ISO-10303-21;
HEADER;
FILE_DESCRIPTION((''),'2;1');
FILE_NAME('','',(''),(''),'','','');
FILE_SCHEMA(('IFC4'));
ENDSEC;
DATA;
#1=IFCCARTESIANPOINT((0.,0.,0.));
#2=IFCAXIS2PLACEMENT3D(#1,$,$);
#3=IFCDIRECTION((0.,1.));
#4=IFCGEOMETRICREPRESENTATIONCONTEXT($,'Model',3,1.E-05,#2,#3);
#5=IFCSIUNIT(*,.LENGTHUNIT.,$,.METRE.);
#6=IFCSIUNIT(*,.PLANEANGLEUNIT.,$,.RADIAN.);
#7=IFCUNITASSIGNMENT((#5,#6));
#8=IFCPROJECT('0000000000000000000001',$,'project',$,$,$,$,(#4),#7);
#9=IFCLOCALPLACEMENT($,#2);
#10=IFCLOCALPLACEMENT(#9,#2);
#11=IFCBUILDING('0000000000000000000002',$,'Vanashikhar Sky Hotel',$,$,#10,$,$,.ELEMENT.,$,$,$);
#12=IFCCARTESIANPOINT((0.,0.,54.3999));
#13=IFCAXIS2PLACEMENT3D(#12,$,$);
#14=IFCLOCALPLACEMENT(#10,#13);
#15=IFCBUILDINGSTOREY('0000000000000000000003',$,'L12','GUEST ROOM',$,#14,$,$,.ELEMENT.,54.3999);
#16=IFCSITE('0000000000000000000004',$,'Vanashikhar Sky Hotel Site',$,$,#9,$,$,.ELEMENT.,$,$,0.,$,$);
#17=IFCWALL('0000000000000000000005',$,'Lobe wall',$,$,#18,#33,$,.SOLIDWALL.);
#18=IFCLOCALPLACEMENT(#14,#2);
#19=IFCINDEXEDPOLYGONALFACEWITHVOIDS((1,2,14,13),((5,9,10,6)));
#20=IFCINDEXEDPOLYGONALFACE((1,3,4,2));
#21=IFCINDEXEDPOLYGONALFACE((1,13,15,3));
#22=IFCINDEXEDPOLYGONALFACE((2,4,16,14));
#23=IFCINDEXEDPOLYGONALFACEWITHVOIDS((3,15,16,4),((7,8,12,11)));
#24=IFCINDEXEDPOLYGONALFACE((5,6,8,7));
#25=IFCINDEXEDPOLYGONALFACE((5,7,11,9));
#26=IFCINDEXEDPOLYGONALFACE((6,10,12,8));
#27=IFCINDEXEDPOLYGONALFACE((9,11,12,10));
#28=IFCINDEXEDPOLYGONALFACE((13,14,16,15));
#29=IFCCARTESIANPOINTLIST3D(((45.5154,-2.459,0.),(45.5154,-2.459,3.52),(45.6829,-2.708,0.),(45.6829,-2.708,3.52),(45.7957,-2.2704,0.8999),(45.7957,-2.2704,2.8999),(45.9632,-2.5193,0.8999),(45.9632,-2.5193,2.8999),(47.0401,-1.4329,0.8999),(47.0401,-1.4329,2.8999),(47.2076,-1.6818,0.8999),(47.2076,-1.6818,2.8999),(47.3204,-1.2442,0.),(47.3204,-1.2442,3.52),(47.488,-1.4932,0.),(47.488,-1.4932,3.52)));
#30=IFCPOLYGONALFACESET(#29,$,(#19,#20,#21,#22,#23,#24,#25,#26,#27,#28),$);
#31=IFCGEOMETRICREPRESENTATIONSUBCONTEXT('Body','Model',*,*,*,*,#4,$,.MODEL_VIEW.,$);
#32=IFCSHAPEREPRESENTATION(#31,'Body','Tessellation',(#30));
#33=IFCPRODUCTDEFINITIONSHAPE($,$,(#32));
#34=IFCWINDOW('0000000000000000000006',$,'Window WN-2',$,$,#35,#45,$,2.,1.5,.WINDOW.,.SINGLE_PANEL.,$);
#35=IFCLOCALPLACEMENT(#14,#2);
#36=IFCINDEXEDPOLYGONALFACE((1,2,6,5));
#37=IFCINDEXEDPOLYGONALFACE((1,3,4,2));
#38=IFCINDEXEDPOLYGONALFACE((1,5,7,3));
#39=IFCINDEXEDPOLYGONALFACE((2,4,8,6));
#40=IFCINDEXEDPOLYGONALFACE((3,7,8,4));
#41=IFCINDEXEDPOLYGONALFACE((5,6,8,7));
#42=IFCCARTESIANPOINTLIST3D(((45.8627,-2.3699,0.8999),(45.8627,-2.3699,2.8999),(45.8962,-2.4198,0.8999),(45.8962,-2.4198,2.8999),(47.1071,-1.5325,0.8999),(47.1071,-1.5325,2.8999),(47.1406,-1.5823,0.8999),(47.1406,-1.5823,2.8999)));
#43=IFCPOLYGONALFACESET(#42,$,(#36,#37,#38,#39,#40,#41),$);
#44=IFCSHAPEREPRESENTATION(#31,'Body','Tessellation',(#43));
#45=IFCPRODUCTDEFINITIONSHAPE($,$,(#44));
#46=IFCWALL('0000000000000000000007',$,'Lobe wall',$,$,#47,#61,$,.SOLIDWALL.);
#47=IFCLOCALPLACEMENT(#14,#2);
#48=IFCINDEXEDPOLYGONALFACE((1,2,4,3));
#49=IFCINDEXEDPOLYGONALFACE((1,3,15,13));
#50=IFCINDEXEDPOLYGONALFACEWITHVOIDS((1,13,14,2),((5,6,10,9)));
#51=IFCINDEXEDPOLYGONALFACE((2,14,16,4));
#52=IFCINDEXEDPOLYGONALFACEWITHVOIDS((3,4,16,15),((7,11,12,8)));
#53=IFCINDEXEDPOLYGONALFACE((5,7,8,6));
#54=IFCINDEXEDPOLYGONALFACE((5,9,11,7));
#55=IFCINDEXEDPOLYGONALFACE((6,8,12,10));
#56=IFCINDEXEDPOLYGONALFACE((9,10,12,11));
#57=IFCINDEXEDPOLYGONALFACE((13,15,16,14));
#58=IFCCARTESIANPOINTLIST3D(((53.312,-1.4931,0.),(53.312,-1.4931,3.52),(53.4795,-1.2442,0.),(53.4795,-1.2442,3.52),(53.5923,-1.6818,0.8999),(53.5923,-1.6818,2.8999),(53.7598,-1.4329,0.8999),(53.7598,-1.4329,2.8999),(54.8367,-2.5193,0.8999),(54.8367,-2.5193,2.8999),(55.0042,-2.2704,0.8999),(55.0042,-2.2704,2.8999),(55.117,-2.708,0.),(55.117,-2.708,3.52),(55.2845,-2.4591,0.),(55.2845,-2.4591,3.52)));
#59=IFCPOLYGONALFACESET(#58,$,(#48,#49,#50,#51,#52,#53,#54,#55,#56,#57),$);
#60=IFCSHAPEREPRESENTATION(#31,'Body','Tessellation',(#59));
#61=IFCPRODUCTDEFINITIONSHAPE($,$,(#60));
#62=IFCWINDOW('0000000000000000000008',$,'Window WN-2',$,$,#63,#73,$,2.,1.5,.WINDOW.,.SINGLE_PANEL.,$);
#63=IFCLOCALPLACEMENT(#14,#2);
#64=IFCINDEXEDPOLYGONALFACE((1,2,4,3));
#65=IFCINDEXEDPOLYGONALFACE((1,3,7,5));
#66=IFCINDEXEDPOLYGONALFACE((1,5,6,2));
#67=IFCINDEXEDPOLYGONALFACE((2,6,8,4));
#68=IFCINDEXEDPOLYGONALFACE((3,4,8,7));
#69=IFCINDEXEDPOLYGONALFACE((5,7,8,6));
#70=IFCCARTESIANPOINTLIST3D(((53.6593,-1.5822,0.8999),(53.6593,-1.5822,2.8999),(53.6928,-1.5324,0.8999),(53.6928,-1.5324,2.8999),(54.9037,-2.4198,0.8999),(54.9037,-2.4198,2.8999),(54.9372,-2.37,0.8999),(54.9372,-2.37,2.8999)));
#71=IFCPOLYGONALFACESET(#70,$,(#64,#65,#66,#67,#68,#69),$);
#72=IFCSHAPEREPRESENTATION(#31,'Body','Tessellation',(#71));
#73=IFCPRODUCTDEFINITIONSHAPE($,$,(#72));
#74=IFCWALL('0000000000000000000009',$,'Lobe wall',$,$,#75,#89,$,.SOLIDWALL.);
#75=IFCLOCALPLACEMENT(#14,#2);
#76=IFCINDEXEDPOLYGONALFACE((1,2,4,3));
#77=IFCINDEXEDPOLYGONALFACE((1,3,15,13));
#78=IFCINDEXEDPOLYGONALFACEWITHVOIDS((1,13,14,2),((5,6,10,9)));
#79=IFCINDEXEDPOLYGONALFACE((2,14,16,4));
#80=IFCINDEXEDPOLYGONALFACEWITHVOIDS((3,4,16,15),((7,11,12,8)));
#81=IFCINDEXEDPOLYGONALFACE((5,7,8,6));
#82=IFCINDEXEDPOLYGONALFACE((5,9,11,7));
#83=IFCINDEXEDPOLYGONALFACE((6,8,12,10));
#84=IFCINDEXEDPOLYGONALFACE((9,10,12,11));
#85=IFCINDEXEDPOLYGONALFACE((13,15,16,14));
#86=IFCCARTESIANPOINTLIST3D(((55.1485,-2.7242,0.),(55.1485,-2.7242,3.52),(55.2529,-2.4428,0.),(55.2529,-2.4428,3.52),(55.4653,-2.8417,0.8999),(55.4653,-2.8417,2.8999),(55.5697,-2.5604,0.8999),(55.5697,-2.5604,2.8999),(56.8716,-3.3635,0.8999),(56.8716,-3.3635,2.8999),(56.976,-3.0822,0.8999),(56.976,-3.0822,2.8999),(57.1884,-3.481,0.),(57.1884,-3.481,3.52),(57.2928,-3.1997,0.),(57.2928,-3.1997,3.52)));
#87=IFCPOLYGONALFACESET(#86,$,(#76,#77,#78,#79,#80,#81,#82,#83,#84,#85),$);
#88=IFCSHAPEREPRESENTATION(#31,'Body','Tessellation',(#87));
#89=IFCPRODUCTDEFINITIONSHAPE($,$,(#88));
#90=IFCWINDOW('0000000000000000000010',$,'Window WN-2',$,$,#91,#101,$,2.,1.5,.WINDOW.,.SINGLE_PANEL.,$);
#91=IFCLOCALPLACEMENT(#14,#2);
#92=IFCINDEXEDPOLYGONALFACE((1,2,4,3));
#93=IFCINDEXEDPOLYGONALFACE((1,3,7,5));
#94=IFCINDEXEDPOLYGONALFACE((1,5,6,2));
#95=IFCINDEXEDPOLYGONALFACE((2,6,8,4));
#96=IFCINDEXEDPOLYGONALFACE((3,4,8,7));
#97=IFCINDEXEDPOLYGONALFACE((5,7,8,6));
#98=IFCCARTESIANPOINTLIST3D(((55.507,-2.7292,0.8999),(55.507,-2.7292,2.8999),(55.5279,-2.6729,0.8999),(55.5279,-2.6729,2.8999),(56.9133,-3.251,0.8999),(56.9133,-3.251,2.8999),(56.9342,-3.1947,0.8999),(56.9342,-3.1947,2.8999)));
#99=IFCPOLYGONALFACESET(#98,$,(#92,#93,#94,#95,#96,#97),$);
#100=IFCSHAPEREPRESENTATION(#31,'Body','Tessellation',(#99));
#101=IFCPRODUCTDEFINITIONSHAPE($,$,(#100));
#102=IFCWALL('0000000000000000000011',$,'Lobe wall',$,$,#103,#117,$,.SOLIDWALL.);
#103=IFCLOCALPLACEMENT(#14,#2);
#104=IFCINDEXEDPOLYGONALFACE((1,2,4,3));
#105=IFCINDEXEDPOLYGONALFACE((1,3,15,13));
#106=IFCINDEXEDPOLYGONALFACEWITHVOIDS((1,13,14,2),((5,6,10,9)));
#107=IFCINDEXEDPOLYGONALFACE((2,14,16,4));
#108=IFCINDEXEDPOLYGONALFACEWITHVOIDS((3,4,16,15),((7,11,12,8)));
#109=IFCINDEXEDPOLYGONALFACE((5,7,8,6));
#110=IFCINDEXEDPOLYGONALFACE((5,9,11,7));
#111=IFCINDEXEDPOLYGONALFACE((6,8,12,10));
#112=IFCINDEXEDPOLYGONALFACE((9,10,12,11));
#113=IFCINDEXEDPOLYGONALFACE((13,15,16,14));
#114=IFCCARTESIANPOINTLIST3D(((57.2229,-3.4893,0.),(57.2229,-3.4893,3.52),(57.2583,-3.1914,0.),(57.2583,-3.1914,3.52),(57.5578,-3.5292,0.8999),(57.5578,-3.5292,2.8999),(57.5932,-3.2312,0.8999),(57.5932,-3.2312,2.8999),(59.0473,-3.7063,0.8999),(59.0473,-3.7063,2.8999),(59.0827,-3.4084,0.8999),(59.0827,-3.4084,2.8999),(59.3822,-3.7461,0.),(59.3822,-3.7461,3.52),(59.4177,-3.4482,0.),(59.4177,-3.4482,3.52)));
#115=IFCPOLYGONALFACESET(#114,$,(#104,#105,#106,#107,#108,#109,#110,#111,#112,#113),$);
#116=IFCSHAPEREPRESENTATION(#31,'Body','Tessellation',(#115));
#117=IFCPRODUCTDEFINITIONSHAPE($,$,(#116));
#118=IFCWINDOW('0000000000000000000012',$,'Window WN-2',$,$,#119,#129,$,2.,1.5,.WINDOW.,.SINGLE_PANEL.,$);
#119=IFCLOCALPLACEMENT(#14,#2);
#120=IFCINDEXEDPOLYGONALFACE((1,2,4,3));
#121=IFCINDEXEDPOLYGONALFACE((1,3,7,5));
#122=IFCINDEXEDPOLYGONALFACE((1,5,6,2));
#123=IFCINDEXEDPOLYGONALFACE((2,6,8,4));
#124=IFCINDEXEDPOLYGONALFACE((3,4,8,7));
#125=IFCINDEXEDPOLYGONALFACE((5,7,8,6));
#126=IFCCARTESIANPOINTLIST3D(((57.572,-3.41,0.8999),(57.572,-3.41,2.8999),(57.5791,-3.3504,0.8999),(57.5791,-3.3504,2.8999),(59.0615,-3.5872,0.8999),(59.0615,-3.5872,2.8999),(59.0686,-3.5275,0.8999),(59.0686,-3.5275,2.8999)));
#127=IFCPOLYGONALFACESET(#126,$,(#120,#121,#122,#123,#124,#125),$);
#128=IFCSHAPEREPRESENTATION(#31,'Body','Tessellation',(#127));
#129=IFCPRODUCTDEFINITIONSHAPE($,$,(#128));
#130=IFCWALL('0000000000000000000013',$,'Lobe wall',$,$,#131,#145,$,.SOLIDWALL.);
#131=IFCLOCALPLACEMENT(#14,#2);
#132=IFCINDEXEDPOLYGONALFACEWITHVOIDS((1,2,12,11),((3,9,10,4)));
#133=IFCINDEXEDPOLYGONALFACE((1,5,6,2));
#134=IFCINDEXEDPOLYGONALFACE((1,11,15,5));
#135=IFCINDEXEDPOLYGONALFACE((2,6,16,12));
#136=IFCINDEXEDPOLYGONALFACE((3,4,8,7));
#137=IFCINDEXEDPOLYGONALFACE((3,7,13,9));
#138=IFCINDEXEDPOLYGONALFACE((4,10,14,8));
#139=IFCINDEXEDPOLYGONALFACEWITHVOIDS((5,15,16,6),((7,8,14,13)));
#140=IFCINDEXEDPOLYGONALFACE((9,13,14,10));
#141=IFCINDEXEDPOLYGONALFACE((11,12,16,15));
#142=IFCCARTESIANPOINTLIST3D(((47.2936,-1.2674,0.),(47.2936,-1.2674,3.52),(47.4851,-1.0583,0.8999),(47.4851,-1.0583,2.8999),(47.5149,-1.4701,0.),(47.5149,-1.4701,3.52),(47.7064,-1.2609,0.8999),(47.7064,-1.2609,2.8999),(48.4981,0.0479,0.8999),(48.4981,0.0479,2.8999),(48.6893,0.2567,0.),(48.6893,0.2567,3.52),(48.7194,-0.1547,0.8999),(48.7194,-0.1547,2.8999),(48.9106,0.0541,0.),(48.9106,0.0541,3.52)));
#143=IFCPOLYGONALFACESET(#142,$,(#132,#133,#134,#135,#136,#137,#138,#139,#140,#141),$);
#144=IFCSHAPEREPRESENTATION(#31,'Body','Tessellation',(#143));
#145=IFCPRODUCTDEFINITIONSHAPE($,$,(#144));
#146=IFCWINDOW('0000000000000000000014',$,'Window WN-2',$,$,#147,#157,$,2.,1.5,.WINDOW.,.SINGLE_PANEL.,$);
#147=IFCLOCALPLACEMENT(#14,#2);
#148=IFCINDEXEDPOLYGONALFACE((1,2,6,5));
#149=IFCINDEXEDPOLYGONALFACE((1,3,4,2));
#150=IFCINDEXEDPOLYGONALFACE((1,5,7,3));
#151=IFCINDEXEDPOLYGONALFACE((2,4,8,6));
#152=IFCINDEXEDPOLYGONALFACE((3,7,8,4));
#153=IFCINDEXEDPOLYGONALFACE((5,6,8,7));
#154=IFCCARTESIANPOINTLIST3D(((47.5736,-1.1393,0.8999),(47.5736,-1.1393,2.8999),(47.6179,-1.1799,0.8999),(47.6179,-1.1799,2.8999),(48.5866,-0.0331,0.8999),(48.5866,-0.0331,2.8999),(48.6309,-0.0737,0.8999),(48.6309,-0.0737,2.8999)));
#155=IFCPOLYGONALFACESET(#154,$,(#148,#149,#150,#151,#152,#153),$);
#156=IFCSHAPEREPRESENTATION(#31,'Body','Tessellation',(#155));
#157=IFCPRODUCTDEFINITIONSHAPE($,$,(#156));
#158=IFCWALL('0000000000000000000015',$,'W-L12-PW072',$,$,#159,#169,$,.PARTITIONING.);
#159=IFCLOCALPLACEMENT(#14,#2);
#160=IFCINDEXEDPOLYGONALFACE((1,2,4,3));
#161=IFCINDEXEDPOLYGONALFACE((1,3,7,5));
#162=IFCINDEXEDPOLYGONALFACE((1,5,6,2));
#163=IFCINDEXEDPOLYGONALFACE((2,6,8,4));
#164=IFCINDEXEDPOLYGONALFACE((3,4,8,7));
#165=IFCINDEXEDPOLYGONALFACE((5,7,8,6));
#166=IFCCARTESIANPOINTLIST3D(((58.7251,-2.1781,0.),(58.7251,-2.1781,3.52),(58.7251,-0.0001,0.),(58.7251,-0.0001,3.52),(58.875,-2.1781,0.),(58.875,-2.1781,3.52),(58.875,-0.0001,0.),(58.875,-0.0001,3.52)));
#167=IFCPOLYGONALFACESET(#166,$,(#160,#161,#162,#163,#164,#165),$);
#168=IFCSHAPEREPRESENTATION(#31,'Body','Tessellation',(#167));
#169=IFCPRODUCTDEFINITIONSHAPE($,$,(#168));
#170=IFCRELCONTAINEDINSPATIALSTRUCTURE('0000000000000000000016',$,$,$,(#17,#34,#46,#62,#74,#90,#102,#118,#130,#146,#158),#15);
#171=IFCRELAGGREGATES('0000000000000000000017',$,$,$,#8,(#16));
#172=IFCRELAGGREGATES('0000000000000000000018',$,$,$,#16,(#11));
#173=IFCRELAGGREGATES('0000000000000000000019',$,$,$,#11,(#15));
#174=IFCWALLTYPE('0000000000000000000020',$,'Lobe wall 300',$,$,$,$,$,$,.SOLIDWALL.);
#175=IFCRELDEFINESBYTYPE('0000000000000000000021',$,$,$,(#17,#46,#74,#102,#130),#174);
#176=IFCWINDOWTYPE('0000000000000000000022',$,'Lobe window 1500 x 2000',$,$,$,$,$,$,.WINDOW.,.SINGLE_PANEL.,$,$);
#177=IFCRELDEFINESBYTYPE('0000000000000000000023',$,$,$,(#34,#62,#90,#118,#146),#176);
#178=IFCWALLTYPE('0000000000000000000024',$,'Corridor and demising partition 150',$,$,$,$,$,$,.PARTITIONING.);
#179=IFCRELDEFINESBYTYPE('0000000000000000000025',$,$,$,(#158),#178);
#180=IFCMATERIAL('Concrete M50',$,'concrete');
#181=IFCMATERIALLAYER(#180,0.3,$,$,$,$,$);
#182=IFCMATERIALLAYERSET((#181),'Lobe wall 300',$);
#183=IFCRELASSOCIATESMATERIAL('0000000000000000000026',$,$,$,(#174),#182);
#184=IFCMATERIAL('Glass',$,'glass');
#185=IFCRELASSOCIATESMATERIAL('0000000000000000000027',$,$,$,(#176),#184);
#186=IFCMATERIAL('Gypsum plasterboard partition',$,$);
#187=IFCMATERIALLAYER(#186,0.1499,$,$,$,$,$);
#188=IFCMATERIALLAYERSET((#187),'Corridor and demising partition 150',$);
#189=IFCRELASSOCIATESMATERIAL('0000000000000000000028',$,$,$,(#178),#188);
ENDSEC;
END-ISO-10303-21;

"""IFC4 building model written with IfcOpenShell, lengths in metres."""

from ifc_helpers import new_model, si_unit, direction, frame, frame_2d, origin, place, context, subcontext, project, spatial, rectangle, extrude, source, transform, mapped, material, layer, layer_set, type_object, element, fill, save


model = new_model("IFC4")

# Units and contexts
model_context = context("Model", 3, precision=1e-05, world=origin(), true_north=direction((0.0, 1.0)))
body_context = subcontext(model_context, "Body", "Model", "MODEL_VIEW")
ifc_project = project(units=[si_unit("LENGTHUNIT", "METRE"), si_unit("PLANEANGLEUNIT", "RADIAN")], contexts=[model_context])

# Site, building, storey
site_placement = place(None, origin())
site = spatial("IfcSite", under=ifc_project, at=site_placement, Name="Vanashikhar Sky Hotel Site", CompositionType="ELEMENT", RefElevation=0.0)
building_placement = place(site_placement, origin())
building = spatial("IfcBuilding", under=site, at=building_placement, Name="Vanashikhar Sky Hotel", CompositionType="ELEMENT")
storey_placement = place(building_placement, frame((0.0, 0.0, 54.3999)))
storey = spatial("IfcBuildingStorey", under=building, at=storey_placement, Name="L12", Description="GUEST ROOM", CompositionType="ELEMENT", Elevation=54.3999)

# Walls, openings, windows
ifc_material_1 = material(Name="Concrete M50", Category="concrete")
ifc_layer_1 = layer(ifc_material_1, 0.3)
ifc_layer_set_1 = layer_set([ifc_layer_1], Name="Lobe wall 300")
wall_type_1 = type_object("IfcWallType", Name="Lobe wall 300", PredefinedType="SOLIDWALL", material=ifc_layer_set_1)
shared_shape_1 = source(origin(), body_context, "Body", "SweptSolid", [
    extrude(rectangle(XDim=2.1758, YDim=0.3, at=frame_2d((1.0879, 0.0))), origin(), (0.0, 0.0, 1.0), 3.52),
])
wall_1_placement = place(storey_placement, frame((45.5991, -2.5835, 0.0), z_axis=(0.0, 0.0, 1.0), x_axis=(0.829626, 0.55832, 0.0)))
wall_1 = element("IfcWall", 1, at=wall_1_placement, inside=storey, type_object=wall_type_1, Name="Lobe wall", PredefinedType="SOLIDWALL", context=body_context, shape_type="MappedRepresentation", body=[
    mapped(shared_shape_1, transform((0.0, 0.0, 0.0), scale=1.0)),
])
shared_shape_2 = source(origin(), body_context, "Body", "SweptSolid", [
    extrude(rectangle(XDim=1.5, YDim=2.0, at=frame_2d((0.75, 1.0))), frame((0.0, 0.1602, 0.0), z_axis=(0.0, -1.0, 0.0), x_axis=(1.0, 0.0, 0.0)), (0.0, 0.0, 1.0), 0.3201),
])
opening_1_placement = place(wall_1_placement, frame((0.3379, 0.0, 0.8999)))
opening_1 = element("IfcOpeningElement", 2, at=opening_1_placement, cuts=wall_1, PredefinedType="OPENING", context=body_context, shape_type="MappedRepresentation", body=[
    mapped(shared_shape_2, transform((0.0, 0.0, 0.0), scale=1.0)),
])
ifc_material_2 = material(Name="Glass", Category="glass")
window_type = type_object("IfcWindowType", Name="Lobe window 1500 x 2000", PartitioningType="SINGLE_PANEL", PredefinedType="WINDOW", material=ifc_material_2)
shared_shape_3 = source(origin(), body_context, "Body", "SweptSolid", [
    extrude(rectangle(XDim=1.5, YDim=2.0, at=frame_2d((0.75, 1.0))), frame((0.0, 0.03, 0.0), z_axis=(0.0, -1.0, 0.0), x_axis=(1.0, 0.0, 0.0)), (0.0, 0.0, 1.0), 0.0601),
])
window_1_placement = place(opening_1_placement, origin())
window_1 = element("IfcWindow", 3, at=window_1_placement, inside=storey, type_object=window_type, Name="Window WN-2", OverallHeight=2.0, OverallWidth=1.5, PartitioningType="SINGLE_PANEL", PredefinedType="WINDOW", context=body_context, shape_type="MappedRepresentation", body=[
    mapped(shared_shape_3, transform((0.0, 0.0, 0.0), scale=1.0)),
])
fill(opening_1, window_1)
wall_2_placement = place(storey_placement, frame((53.3958, -1.3687, 0.0), z_axis=(0.0, 0.0, 1.0), x_axis=(0.829591, -0.558372, 0.0)))
wall_2 = element("IfcWall", 4, at=wall_2_placement, inside=storey, type_object=wall_type_1, Name="Lobe wall", PredefinedType="SOLIDWALL", context=body_context, shape_type="MappedRepresentation", body=[
    mapped(shared_shape_1, transform((0.0, 0.0, 0.0), scale=1.0)),
])
opening_2_placement = place(wall_2_placement, frame((0.3379, 0.0, 0.8999)))
opening_2 = element("IfcOpeningElement", 5, at=opening_2_placement, cuts=wall_2, PredefinedType="OPENING", context=body_context, shape_type="MappedRepresentation", body=[
    mapped(shared_shape_2, transform((0.0, 0.0, 0.0), scale=1.0)),
])
window_2_placement = place(opening_2_placement, origin())
window_2 = element("IfcWindow", 6, at=window_2_placement, inside=storey, type_object=window_type, Name="Window WN-2", OverallHeight=2.0, OverallWidth=1.5, PartitioningType="SINGLE_PANEL", PredefinedType="WINDOW", context=body_context, shape_type="MappedRepresentation", body=[
    mapped(shared_shape_3, transform((0.0, 0.0, 0.0), scale=1.0)),
])
fill(opening_2, window_2)
wall_3_placement = place(storey_placement, frame((55.2007, -2.5835, 0.0), z_axis=(0.0, 0.0, 1.0), x_axis=(0.937546, -0.347863, 0.0)))
wall_3 = element("IfcWall", 7, at=wall_3_placement, inside=storey, type_object=wall_type_1, Name="Lobe wall", PredefinedType="SOLIDWALL", context=body_context, shape_type="MappedRepresentation", body=[
    mapped(shared_shape_1, transform((0.0, 0.0, 0.0), scale=1.0)),
])
opening_3_placement = place(wall_3_placement, frame((0.3379, 0.0, 0.8999)))
opening_3 = element("IfcOpeningElement", 8, at=opening_3_placement, cuts=wall_3, PredefinedType="OPENING", context=body_context, shape_type="MappedRepresentation", body=[
    mapped(shared_shape_2, transform((0.0, 0.0, 0.0), scale=1.0)),
])
window_3_placement = place(opening_3_placement, origin())
window_3 = element("IfcWindow", 9, at=window_3_placement, inside=storey, type_object=window_type, Name="Window WN-2", OverallHeight=2.0, OverallWidth=1.5, PartitioningType="SINGLE_PANEL", PredefinedType="WINDOW", context=body_context, shape_type="MappedRepresentation", body=[
    mapped(shared_shape_3, transform((0.0, 0.0, 0.0), scale=1.0)),
])
fill(opening_3, window_3)
shared_shape_4 = source(origin(), body_context, "Body", "SweptSolid", [
    extrude(rectangle(XDim=2.1746, YDim=0.3, at=frame_2d((1.0874, 0.0))), origin(), (0.0, 0.0, 1.0), 3.52),
])
wall_4_placement = place(storey_placement, frame((57.2405, -3.3403, 0.0), z_axis=(0.0, 0.0, 1.0), x_axis=(0.993001, -0.118105, 0.0)))
wall_4 = element("IfcWall", 10, at=wall_4_placement, inside=storey, type_object=wall_type_1, Name="Lobe wall", PredefinedType="SOLIDWALL", context=body_context, shape_type="MappedRepresentation", body=[
    mapped(shared_shape_4, transform((0.0, 0.0, 0.0), scale=1.0)),
])
opening_4_placement = place(wall_4_placement, frame((0.3374, 0.0, 0.8999)))
opening_4 = element("IfcOpeningElement", 11, at=opening_4_placement, cuts=wall_4, PredefinedType="OPENING", context=body_context, shape_type="MappedRepresentation", body=[
    mapped(shared_shape_2, transform((0.0, 0.0, 0.0), scale=1.0)),
])
window_4_placement = place(opening_4_placement, origin())
window_4 = element("IfcWindow", 12, at=window_4_placement, inside=storey, type_object=window_type, Name="Window WN-2", OverallHeight=2.0, OverallWidth=1.5, PartitioningType="SINGLE_PANEL", PredefinedType="WINDOW", context=body_context, shape_type="MappedRepresentation", body=[
    mapped(shared_shape_3, transform((0.0, 0.0, 0.0), scale=1.0)),
])
fill(opening_4, window_4)
shared_shape_5 = source(origin(), body_context, "Body", "SweptSolid", [
    extrude(rectangle(XDim=2.0667, YDim=0.3, at=frame_2d((1.0332, 0.0))), origin(), (0.0, 0.0, 1.0), 3.52),
])
wall_5_placement = place(storey_placement, frame((47.4043, -1.3687, 0.0), z_axis=(0.0, 0.0, 1.0), x_axis=(0.675355, 0.737492, 0.0)))
wall_5 = element("IfcWall", 13, at=wall_5_placement, inside=storey, type_object=wall_type_1, Name="Lobe wall", PredefinedType="SOLIDWALL", context=body_context, shape_type="MappedRepresentation", body=[
    mapped(shared_shape_5, transform((0.0, 0.0, 0.0), scale=1.0)),
])
opening_5_placement = place(wall_5_placement, frame((0.2834, 0.0, 0.8999)))
opening_5 = element("IfcOpeningElement", 14, at=opening_5_placement, cuts=wall_5, PredefinedType="OPENING", context=body_context, shape_type="MappedRepresentation", body=[
    mapped(shared_shape_2, transform((0.0, 0.0, 0.0), scale=1.0)),
])
window_5_placement = place(opening_5_placement, origin())
window_5 = element("IfcWindow", 15, at=window_5_placement, inside=storey, type_object=window_type, Name="Window WN-2", OverallHeight=2.0, OverallWidth=1.5, PartitioningType="SINGLE_PANEL", PredefinedType="WINDOW", context=body_context, shape_type="MappedRepresentation", body=[
    mapped(shared_shape_3, transform((0.0, 0.0, 0.0), scale=1.0)),
])
fill(opening_5, window_5)

# Wall
ifc_material_3 = material(Name="Gypsum plasterboard partition")
ifc_layer_2 = layer(ifc_material_3, 0.1499)
ifc_layer_set_2 = layer_set([ifc_layer_2], Name="Corridor and demising partition 150")
wall_type_2 = type_object("IfcWallType", Name="Corridor and demising partition 150", PredefinedType="PARTITIONING", material=ifc_layer_set_2)
shared_shape_6 = source(origin(), body_context, "Body", "SweptSolid", [
    extrude(rectangle(XDim=2.178, YDim=0.1499, at=frame_2d((1.0889, 0.0))), origin(), (0.0, 0.0, 1.0), 3.52),
])
wall_6_placement = place(storey_placement, frame((58.8, -2.178, 0.0), z_axis=(0.0, 0.0, 1.0), x_axis=(0.0, 1.0, 0.0)))
element("IfcWall", 16, at=wall_6_placement, inside=storey, type_object=wall_type_2, Name="W-L12-PW072", PredefinedType="PARTITIONING", context=body_context, shape_type="MappedRepresentation", body=[
    mapped(shared_shape_6, transform((0.0, 0.0, 0.0), scale=1.0)),
])

save(model, "model.ifc")
